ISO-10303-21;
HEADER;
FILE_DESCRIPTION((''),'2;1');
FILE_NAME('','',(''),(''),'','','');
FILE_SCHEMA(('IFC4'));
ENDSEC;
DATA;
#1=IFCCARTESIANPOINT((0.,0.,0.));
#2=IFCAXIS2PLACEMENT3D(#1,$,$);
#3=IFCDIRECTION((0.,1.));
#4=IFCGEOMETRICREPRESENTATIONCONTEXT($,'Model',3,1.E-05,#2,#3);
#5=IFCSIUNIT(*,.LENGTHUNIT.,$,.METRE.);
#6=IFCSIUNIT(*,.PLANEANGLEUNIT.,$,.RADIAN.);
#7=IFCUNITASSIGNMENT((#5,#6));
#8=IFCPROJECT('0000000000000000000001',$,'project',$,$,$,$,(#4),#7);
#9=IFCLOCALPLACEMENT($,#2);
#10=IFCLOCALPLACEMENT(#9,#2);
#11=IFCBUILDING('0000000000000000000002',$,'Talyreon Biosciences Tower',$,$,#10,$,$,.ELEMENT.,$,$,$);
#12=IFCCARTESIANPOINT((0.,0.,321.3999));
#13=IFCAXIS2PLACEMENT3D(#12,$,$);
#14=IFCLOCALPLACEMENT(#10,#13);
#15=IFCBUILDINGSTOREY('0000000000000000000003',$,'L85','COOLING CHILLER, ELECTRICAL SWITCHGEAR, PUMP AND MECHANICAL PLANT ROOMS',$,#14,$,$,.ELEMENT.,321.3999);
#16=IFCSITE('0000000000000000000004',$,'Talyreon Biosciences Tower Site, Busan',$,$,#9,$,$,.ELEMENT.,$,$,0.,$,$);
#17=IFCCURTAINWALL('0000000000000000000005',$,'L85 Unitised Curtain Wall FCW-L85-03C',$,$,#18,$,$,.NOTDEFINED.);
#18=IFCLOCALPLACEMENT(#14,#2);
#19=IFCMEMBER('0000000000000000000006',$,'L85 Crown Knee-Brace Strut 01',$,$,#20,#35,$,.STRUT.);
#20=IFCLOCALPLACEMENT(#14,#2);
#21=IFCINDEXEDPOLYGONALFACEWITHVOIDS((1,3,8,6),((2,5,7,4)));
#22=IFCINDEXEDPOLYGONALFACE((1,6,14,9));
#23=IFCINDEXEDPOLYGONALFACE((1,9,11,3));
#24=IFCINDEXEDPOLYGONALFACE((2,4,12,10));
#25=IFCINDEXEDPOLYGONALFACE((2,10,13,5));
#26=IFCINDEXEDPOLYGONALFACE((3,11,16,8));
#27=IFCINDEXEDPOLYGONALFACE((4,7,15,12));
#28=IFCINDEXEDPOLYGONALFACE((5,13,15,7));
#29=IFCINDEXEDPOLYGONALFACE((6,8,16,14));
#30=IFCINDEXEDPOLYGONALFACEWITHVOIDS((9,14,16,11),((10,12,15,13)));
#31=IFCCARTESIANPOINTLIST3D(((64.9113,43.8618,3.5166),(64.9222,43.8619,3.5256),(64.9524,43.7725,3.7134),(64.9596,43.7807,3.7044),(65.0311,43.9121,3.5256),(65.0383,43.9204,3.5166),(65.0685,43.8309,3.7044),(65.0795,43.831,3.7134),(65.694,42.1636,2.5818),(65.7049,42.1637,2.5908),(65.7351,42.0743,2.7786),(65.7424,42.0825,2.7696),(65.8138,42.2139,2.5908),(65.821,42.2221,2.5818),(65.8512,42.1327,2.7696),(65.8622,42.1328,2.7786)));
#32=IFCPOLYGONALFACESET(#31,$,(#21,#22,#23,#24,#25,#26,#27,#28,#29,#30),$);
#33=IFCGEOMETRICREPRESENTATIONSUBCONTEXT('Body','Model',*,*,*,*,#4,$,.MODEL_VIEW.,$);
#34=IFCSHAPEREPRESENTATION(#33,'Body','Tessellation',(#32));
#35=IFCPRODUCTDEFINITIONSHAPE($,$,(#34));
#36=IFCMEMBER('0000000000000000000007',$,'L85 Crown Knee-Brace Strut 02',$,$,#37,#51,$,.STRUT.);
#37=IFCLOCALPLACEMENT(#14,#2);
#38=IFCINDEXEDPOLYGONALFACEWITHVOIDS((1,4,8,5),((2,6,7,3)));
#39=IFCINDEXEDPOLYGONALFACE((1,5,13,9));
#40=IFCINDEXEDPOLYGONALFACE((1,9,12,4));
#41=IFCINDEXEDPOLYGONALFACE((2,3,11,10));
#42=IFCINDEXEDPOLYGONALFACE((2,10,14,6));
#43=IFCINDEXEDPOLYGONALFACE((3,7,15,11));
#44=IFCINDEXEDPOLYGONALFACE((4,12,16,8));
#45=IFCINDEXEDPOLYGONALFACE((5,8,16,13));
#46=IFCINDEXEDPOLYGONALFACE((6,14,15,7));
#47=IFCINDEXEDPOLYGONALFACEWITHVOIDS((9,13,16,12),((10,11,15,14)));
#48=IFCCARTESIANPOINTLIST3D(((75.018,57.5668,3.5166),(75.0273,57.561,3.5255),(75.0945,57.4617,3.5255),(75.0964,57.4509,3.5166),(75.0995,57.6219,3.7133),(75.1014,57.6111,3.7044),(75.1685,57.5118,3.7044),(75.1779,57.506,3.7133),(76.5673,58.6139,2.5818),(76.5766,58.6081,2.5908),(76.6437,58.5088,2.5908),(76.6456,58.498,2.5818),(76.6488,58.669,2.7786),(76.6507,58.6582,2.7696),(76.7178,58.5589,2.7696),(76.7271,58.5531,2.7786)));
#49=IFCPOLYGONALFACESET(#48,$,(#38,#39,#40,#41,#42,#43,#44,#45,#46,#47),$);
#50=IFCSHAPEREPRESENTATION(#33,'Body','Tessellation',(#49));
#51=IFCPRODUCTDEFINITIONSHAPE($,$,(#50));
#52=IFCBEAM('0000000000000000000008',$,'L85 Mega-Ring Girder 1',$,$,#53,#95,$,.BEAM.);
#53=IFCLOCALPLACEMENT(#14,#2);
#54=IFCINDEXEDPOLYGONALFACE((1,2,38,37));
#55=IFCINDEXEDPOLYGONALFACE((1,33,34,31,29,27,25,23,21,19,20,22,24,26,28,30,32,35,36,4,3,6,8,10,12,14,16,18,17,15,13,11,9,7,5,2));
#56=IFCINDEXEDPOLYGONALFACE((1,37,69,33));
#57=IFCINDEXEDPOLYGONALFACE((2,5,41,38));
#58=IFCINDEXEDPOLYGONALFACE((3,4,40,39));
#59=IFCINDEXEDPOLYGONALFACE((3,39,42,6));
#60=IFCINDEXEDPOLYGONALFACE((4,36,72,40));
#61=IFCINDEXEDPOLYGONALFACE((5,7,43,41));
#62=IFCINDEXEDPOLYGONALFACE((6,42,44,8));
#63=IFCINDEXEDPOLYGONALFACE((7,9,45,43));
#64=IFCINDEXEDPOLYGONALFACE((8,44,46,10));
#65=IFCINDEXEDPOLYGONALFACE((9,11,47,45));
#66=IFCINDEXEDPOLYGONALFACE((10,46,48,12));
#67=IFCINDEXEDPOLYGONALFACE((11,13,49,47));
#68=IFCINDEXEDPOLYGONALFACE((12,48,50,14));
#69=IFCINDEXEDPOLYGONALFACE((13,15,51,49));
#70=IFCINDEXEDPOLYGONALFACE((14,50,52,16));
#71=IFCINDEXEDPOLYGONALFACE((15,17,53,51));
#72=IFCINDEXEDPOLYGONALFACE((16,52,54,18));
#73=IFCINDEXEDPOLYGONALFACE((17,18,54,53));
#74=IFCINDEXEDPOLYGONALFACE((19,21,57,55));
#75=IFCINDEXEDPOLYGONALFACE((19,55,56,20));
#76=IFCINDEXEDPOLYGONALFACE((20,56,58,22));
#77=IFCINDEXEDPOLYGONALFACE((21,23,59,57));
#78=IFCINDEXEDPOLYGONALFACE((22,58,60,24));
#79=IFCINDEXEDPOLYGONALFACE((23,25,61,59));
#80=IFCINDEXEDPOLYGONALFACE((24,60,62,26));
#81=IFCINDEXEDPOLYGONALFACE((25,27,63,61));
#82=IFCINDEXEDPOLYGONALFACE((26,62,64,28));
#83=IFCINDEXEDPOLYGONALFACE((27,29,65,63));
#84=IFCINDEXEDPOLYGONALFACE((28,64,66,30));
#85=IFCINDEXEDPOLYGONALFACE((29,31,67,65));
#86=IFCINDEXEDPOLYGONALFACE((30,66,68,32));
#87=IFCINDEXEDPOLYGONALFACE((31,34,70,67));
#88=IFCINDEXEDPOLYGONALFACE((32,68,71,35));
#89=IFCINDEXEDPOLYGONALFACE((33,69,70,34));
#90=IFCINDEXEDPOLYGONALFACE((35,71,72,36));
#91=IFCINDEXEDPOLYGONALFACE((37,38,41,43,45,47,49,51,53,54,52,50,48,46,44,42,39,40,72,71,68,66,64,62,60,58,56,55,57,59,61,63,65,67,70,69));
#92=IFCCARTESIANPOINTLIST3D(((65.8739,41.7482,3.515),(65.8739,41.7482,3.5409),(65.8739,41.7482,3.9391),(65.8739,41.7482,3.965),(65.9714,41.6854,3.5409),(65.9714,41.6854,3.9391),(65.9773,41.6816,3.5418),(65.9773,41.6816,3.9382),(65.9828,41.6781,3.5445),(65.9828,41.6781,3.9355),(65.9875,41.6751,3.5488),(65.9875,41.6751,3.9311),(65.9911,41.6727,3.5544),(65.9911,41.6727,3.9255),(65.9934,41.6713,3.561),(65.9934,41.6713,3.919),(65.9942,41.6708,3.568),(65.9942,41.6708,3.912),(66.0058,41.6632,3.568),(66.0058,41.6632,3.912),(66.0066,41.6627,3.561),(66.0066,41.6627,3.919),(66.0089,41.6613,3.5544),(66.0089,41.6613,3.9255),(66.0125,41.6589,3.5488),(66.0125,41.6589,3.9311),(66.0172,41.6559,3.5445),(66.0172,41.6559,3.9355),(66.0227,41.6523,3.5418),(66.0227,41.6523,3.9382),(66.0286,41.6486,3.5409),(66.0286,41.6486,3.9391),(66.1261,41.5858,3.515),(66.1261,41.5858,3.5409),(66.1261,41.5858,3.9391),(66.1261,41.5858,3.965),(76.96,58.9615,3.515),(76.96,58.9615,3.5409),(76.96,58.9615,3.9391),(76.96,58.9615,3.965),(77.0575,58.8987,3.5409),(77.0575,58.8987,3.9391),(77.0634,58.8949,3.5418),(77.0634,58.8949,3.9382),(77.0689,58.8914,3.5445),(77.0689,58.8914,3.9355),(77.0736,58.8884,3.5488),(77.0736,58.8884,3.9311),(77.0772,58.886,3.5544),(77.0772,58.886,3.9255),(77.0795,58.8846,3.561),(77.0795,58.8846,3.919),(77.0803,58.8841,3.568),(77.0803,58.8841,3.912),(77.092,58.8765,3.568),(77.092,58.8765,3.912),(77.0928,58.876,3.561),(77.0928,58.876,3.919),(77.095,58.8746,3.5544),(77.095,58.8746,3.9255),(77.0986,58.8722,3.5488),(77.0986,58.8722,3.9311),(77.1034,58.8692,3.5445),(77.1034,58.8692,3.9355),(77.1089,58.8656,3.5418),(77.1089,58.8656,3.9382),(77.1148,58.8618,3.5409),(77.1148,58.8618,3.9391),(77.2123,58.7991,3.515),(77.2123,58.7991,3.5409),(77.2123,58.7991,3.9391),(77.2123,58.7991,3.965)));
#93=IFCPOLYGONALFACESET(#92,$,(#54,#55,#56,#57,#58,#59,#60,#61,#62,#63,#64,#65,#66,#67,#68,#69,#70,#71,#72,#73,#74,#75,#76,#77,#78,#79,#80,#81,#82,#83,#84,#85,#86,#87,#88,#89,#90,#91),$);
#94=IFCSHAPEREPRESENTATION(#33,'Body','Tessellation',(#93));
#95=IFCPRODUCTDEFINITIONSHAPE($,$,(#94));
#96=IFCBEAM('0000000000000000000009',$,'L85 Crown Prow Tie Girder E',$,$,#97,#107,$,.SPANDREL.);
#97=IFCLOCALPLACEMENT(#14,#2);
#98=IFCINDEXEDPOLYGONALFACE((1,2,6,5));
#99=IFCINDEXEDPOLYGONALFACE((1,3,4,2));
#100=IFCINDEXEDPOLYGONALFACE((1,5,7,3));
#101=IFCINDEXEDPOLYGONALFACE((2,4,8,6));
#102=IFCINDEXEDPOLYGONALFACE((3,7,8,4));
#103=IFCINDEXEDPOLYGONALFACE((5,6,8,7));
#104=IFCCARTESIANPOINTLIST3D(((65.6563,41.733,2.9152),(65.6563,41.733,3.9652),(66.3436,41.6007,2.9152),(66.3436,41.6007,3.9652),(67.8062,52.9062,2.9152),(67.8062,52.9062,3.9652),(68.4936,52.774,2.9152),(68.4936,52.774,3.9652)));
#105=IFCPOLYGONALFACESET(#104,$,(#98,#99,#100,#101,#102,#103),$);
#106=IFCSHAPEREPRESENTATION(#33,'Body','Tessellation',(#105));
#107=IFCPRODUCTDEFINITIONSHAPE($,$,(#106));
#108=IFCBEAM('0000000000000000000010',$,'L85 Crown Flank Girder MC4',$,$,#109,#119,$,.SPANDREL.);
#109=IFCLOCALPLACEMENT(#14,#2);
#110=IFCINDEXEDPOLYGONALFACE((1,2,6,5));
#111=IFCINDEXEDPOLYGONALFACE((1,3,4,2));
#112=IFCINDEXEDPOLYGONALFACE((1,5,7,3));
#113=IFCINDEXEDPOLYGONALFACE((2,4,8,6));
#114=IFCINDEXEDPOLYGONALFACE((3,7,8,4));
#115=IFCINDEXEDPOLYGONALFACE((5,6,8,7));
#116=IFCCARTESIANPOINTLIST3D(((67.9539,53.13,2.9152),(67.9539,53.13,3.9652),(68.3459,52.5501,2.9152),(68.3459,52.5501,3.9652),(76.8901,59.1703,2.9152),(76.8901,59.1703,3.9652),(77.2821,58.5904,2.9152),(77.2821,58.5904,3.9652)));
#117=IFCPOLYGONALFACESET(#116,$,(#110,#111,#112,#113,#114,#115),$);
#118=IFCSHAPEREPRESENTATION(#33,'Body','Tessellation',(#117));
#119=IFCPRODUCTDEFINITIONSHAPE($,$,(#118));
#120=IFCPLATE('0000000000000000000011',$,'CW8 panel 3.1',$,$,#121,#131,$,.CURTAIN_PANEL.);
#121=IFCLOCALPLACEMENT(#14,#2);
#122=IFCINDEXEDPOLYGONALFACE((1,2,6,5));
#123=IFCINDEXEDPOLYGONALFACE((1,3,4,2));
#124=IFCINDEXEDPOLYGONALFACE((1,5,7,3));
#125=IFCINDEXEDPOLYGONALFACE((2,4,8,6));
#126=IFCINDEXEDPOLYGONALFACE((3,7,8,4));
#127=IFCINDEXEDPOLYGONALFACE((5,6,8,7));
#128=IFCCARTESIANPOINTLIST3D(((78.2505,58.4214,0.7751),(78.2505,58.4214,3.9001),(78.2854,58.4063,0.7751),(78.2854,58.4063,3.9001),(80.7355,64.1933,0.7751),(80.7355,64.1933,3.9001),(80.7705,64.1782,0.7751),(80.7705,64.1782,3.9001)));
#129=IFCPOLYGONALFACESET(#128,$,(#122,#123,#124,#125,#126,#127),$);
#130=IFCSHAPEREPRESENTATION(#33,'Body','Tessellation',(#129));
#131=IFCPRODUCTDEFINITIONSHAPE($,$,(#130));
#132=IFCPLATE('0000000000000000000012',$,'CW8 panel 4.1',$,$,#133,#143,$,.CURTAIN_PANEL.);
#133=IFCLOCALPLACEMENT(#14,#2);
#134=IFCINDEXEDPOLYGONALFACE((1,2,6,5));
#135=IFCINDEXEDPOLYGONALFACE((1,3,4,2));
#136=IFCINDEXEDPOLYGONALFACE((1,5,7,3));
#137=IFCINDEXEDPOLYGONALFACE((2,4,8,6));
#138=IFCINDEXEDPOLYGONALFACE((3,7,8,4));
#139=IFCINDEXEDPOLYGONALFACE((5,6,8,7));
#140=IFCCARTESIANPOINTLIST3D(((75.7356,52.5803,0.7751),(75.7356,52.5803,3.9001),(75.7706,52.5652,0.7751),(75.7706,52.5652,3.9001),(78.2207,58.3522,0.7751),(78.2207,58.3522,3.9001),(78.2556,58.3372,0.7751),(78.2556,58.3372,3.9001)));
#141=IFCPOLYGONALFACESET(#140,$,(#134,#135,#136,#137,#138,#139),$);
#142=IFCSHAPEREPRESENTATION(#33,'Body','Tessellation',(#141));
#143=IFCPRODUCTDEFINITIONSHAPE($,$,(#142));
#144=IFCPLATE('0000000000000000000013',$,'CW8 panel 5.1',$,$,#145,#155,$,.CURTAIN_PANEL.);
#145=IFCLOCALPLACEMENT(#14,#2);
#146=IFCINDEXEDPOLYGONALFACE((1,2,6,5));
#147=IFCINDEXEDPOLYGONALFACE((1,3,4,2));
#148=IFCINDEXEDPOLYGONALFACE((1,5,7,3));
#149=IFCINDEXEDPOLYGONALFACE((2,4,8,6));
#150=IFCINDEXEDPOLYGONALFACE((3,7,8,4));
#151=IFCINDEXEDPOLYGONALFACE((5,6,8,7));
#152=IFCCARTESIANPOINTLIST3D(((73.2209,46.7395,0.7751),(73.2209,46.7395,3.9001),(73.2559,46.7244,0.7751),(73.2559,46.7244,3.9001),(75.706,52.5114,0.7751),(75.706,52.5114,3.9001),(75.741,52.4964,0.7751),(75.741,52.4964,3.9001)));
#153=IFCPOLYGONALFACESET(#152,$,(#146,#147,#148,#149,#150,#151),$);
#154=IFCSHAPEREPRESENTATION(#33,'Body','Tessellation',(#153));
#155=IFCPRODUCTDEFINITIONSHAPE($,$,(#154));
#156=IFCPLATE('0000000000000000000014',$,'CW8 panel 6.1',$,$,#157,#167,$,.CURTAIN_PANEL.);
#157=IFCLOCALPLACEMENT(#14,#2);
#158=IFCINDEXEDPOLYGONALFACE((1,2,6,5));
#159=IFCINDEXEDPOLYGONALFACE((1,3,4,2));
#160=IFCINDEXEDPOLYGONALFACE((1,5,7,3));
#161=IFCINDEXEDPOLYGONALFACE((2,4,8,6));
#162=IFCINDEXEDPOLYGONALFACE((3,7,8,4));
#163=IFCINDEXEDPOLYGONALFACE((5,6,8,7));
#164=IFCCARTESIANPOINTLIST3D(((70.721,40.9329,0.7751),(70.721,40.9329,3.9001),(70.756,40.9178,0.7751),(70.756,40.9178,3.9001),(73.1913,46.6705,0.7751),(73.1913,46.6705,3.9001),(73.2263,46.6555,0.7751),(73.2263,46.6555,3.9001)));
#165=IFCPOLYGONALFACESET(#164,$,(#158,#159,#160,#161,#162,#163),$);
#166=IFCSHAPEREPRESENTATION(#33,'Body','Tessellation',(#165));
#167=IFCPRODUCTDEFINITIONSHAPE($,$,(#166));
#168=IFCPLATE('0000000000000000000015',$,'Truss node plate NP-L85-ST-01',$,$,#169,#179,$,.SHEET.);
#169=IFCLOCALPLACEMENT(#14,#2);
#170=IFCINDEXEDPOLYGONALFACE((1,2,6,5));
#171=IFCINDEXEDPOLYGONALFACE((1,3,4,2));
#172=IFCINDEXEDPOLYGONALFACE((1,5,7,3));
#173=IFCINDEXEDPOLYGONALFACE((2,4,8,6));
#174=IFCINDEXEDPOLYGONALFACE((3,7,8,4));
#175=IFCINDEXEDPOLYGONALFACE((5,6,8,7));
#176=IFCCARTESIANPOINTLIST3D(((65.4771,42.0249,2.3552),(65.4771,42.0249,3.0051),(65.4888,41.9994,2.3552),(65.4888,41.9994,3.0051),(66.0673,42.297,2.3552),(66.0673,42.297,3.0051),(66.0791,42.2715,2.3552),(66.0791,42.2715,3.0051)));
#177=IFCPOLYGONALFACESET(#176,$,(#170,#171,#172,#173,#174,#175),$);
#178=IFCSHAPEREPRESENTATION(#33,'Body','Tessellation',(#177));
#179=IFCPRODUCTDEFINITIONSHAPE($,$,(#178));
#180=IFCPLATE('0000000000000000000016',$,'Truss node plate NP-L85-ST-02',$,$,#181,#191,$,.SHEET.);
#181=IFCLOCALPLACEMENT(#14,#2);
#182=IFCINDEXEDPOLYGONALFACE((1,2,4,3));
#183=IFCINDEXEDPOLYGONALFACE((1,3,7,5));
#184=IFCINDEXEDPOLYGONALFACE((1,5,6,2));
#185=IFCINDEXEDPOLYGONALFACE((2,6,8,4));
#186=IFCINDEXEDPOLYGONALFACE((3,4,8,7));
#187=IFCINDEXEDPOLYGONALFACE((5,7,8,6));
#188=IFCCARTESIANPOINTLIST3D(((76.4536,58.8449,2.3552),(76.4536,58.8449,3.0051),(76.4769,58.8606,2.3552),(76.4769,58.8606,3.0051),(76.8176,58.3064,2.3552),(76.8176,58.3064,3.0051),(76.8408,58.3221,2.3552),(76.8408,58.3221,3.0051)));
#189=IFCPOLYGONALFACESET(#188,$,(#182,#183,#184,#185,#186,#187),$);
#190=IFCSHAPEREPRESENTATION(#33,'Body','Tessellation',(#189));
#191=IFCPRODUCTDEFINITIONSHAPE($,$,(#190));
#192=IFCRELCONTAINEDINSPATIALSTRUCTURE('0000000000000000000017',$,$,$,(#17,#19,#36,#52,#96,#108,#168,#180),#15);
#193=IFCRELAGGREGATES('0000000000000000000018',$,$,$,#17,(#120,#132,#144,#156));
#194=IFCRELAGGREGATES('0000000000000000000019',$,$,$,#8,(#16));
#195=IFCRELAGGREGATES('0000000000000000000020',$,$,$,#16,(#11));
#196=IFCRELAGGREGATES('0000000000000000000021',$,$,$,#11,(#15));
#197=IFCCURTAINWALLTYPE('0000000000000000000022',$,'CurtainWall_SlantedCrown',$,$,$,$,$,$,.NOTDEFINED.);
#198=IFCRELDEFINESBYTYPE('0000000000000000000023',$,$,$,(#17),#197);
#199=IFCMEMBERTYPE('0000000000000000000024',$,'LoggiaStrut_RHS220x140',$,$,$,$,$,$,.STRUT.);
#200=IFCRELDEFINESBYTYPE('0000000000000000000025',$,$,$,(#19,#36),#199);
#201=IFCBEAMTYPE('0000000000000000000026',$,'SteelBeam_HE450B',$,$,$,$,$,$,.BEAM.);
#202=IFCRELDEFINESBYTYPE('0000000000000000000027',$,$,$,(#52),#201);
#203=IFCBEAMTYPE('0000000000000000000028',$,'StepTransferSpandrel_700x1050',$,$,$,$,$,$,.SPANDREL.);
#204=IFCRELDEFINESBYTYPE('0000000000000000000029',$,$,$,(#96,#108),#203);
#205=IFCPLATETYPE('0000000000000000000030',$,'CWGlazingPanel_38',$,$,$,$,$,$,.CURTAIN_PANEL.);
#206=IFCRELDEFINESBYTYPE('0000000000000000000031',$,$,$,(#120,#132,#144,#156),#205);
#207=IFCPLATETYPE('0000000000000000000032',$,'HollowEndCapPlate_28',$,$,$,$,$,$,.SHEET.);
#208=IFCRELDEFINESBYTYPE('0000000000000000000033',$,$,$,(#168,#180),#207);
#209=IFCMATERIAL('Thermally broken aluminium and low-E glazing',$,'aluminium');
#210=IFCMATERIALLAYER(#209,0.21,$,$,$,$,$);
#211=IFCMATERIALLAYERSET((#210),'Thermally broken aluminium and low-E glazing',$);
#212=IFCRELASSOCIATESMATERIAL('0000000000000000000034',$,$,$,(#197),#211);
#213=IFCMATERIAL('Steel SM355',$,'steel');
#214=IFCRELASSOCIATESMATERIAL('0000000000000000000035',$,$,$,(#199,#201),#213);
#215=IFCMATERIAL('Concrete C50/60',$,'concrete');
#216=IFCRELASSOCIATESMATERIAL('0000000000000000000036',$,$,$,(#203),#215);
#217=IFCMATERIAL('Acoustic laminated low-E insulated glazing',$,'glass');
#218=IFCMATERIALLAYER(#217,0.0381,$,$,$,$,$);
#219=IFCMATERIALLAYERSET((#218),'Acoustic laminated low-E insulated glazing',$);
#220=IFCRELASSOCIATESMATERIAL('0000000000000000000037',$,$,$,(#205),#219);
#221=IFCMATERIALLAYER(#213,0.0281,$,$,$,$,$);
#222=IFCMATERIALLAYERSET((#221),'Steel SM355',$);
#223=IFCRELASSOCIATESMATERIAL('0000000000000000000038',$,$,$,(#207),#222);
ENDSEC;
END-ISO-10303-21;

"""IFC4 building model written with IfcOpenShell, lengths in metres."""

from ifc_helpers import new_model, si_unit, direction, frame, origin, origin_2d, place, context, subcontext, project, spatial, rectangle, hollow_rectangle, i_section, extrude, material, layer, layer_set, material_profile, profile_set, type_object, element, aggregate, save


model = new_model("IFC4")

# Units and contexts
model_context = context("Model", 3, precision=1e-05, world=origin(), true_north=direction((0.0, 1.0)))
body_context = subcontext(model_context, "Body", "Model", "MODEL_VIEW")
ifc_project = project(units=[si_unit("LENGTHUNIT", "METRE"), si_unit("PLANEANGLEUNIT", "RADIAN")], contexts=[model_context])

# Site, building, storey
site_placement = place(None, origin())
site = spatial("IfcSite", under=ifc_project, at=site_placement, Name="Talyreon Biosciences Tower Site, Busan", CompositionType="ELEMENT", RefElevation=0.0)
building_placement = place(site_placement, origin())
building = spatial("IfcBuilding", under=site, at=building_placement, Name="Talyreon Biosciences Tower", CompositionType="ELEMENT")
storey_placement = place(building_placement, frame((0.0, 0.0, 321.3999)))
storey = spatial("IfcBuildingStorey", under=building, at=storey_placement, Name="L85", Description="COOLING CHILLER, ELECTRICAL SWITCHGEAR, PUMP AND MECHANICAL PLANT ROOMS", CompositionType="ELEMENT", Elevation=321.3999)

# Shared definitions
ifc_material_1 = material(Name="Concrete C50/60", Category="concrete")

# Curtain wall
ifc_material_2 = material(Name="Thermally broken aluminium and low-E glazing", Category="aluminium")
ifc_layer_1 = layer(ifc_material_2, 0.21)
ifc_layer_set_1 = layer_set([ifc_layer_1], Name="Thermally broken aluminium and low-E glazing")
curtain_wall_type = type_object("IfcCurtainWallType", Name="CurtainWall_SlantedCrown", PredefinedType="NOTDEFINED", material=ifc_layer_set_1)
curtain_wall_placement = place(storey_placement, origin())
curtain_wall = element("IfcCurtainWall", 1, at=curtain_wall_placement, inside=storey, type_object=curtain_wall_type, Name="L85 Unitised Curtain Wall FCW-L85-03C", PredefinedType="NOTDEFINED")

# Members
ifc_material_3 = material(Name="Steel SM355", Category="steel")
ifc_material_profile_1 = material_profile(ifc_material_3, hollow_rectangle(XDim=0.1399, YDim=0.22, WallThickness=0.01, at=origin_2d()), Name="RHS 220x140x10")
ifc_profile_set_1 = profile_set([ifc_material_profile_1], Name="Steel SM355")
member_type_1 = type_object("IfcMemberType", Name="LoggiaStrut_RHS220x140", PredefinedType="STRUT", material=ifc_profile_set_1)
for number, where, z_axis, x_axis, name in (
    (2, (65.7781, 42.1482, 2.6802), (-0.3744, 0.812329, 0.447154), (-0.908181, -0.418578, 0.0), "L85 Crown Knee-Brace Strut 01"),
    (3, (76.6472, 58.5835, 2.6802), (-0.741078, -0.500864, 0.447146), (0.559962, -0.828519, 0.0), "L85 Crown Knee-Brace Strut 02"),
):
    element("IfcMember", number, at=place(storey_placement, frame(where, z_axis=z_axis, x_axis=x_axis)), inside=storey, type_object=member_type_1, Name=name, PredefinedType="STRUT", context=body_context, shape_type="SweptSolid", body=[
        extrude(hollow_rectangle(XDim=0.1399, YDim=0.22, WallThickness=0.01, at=origin_2d()), origin(), (0.0, 0.0, 1.0), 2.0906),
    ])

# Beams
ifc_material_profile_2 = material_profile(ifc_material_3, i_section(OverallWidth=0.3, OverallDepth=0.45, WebThickness=0.0139, FlangeThickness=0.0259, FilletRadius=0.0271, at=origin_2d()), Name="HE450B")
ifc_profile_set_2 = profile_set([ifc_material_profile_2], Name="Steel SM355")
beam_type_1 = type_object("IfcBeamType", Name="SteelBeam_HE450B", PredefinedType="BEAM", material=ifc_profile_set_2)
beam_1_placement = place(storey_placement, frame((66.0, 41.667, 3.74), z_axis=(0.541464, 0.840724, 0.0), x_axis=(-0.840724, 0.541464, 0.0)))
element("IfcBeam", 4, at=beam_1_placement, inside=storey, type_object=beam_type_1, Name="L85 Mega-Ring Girder 1", PredefinedType="BEAM", context=body_context, shape_type="SweptSolid", body=[
    extrude(i_section(OverallWidth=0.3, OverallDepth=0.45, WebThickness=0.0139, FlangeThickness=0.0259, FilletRadius=0.0271, at=origin_2d()), origin(), (0.0, 0.0, 1.0), 20.4744),
])
ifc_material_profile_3 = material_profile(ifc_material_1, rectangle(XDim=0.7, YDim=1.05, at=origin_2d()), Name="RCB 700x1050")
ifc_profile_set_3 = profile_set([ifc_material_profile_3], Name="Concrete C50/60")
beam_type_2 = type_object("IfcBeamType", Name="StepTransferSpandrel_700x1050", PredefinedType="SPANDREL", material=ifc_profile_set_3)
beam_2_placement = place(storey_placement, frame((68.1499, 52.8401, 3.4402), z_axis=(-0.188952, -0.981986, 0.0), x_axis=(0.981986, -0.188952, 0.0)))
element("IfcBeam", 5, at=beam_2_placement, inside=storey, type_object=beam_type_2, Name="L85 Crown Prow Tie Girder E", PredefinedType="SPANDREL", context=body_context, shape_type="SweptSolid", body=[
    extrude(rectangle(XDim=0.7, YDim=1.05, at=origin_2d()), origin(), (0.0, 0.0, 1.0), 11.3782),
])
beam_3_placement = place(storey_placement, frame((68.1499, 52.8401, 3.4402), z_axis=(0.828492, 0.560001, 0.0), x_axis=(-0.560001, 0.828492, 0.0)))
element("IfcBeam", 6, at=beam_3_placement, inside=storey, type_object=beam_type_2, Name="L85 Crown Flank Girder MC4", PredefinedType="SPANDREL", context=body_context, shape_type="SweptSolid", body=[
    extrude(rectangle(XDim=0.7, YDim=1.05, at=origin_2d()), origin(), (0.0, 0.0, 1.0), 10.7861),
])

# Plates
ifc_material_4 = material(Name="Acoustic laminated low-E insulated glazing", Category="glass")
ifc_layer_2 = layer(ifc_material_4, 0.0381)
ifc_layer_set_2 = layer_set([ifc_layer_2], Name="Acoustic laminated low-E insulated glazing")
plate_type_1 = type_object("IfcPlateType", Name="CWGlazingPanel_38", PredefinedType="CURTAIN_PANEL", material=ifc_layer_set_2)
plate_1_placement = place(storey_placement, frame((79.5105, 61.2998, 0.7751), z_axis=(0.0, 0.0, 1.0), x_axis=(-0.395451, -0.918487, 0.0)))
plate_1 = element("IfcPlate", 7, at=plate_1_placement, type_object=plate_type_1, Name="CW8 panel 3.1", PredefinedType="CURTAIN_PANEL", context=body_context, shape_type="SweptSolid", body=[
    extrude(rectangle(XDim=6.2842, YDim=0.0381, at=origin_2d()), origin(), (0.0, 0.0, 1.0), 3.125),
])
plate_2_placement = place(storey_placement, frame((76.9956, 55.4587, 0.7751), z_axis=(0.0, 0.0, 1.0), x_axis=(-0.395451, -0.918487, 0.0)))
plate_2 = element("IfcPlate", 8, at=plate_2_placement, type_object=plate_type_1, Name="CW8 panel 4.1", PredefinedType="CURTAIN_PANEL", context=body_context, shape_type="SweptSolid", body=[
    extrude(rectangle(XDim=6.2842, YDim=0.0381, at=origin_2d()), origin(), (0.0, 0.0, 1.0), 3.125),
])
plate_3_placement = place(storey_placement, frame((74.481, 49.6179, 0.7751), z_axis=(0.0, 0.0, 1.0), x_axis=(-0.395451, -0.918487, 0.0)))
plate_3 = element("IfcPlate", 9, at=plate_3_placement, type_object=plate_type_1, Name="CW8 panel 5.1", PredefinedType="CURTAIN_PANEL", context=body_context, shape_type="SweptSolid", body=[
    extrude(rectangle(XDim=6.2842, YDim=0.0381, at=origin_2d()), origin(), (0.0, 0.0, 1.0), 3.125),
])
plate_4_placement = place(storey_placement, frame((71.9736, 43.7942, 0.7751), z_axis=(0.0, 0.0, 1.0), x_axis=(-0.395451, -0.918487, 0.0)))
plate_4 = element("IfcPlate", 10, at=plate_4_placement, type_object=plate_type_1, Name="CW8 panel 6.1", PredefinedType="CURTAIN_PANEL", context=body_context, shape_type="SweptSolid", body=[
    extrude(rectangle(XDim=6.2468, YDim=0.0381, at=origin_2d()), origin(), (0.0, 0.0, 1.0), 3.125),
])
aggregate(curtain_wall, [plate_1, plate_2, plate_3, plate_4])

# Plates
ifc_layer_3 = layer(ifc_material_3, 0.0281)
ifc_layer_set_3 = layer_set([ifc_layer_3], Name="Steel SM355")
plate_type_2 = type_object("IfcPlateType", Name="HollowEndCapPlate_28", PredefinedType="SHEET", material=ifc_layer_set_3)
for number, where, z_axis, x_axis, name in (
    (11, (65.7781, 42.1482, 2.3552), (0.0, 0.0, 1.0), (-0.908172, -0.418596, 0.0), "Truss node plate NP-L85-ST-01"),
    (12, (76.6472, 58.5835, 2.3552), (0.0, 0.0, 1.0), (0.560017, -0.828481, 0.0), "Truss node plate NP-L85-ST-02"),
):
    element("IfcPlate", number, at=place(storey_placement, frame(where, z_axis=z_axis, x_axis=x_axis)), inside=storey, type_object=plate_type_2, Name=name, PredefinedType="SHEET", context=body_context, shape_type="SweptSolid", body=[
        extrude(rectangle(XDim=0.6499, YDim=0.0281, at=origin_2d()), origin(), (0.0, 0.0, 1.0), 0.6499),
    ])

save(model, "model.ifc")
